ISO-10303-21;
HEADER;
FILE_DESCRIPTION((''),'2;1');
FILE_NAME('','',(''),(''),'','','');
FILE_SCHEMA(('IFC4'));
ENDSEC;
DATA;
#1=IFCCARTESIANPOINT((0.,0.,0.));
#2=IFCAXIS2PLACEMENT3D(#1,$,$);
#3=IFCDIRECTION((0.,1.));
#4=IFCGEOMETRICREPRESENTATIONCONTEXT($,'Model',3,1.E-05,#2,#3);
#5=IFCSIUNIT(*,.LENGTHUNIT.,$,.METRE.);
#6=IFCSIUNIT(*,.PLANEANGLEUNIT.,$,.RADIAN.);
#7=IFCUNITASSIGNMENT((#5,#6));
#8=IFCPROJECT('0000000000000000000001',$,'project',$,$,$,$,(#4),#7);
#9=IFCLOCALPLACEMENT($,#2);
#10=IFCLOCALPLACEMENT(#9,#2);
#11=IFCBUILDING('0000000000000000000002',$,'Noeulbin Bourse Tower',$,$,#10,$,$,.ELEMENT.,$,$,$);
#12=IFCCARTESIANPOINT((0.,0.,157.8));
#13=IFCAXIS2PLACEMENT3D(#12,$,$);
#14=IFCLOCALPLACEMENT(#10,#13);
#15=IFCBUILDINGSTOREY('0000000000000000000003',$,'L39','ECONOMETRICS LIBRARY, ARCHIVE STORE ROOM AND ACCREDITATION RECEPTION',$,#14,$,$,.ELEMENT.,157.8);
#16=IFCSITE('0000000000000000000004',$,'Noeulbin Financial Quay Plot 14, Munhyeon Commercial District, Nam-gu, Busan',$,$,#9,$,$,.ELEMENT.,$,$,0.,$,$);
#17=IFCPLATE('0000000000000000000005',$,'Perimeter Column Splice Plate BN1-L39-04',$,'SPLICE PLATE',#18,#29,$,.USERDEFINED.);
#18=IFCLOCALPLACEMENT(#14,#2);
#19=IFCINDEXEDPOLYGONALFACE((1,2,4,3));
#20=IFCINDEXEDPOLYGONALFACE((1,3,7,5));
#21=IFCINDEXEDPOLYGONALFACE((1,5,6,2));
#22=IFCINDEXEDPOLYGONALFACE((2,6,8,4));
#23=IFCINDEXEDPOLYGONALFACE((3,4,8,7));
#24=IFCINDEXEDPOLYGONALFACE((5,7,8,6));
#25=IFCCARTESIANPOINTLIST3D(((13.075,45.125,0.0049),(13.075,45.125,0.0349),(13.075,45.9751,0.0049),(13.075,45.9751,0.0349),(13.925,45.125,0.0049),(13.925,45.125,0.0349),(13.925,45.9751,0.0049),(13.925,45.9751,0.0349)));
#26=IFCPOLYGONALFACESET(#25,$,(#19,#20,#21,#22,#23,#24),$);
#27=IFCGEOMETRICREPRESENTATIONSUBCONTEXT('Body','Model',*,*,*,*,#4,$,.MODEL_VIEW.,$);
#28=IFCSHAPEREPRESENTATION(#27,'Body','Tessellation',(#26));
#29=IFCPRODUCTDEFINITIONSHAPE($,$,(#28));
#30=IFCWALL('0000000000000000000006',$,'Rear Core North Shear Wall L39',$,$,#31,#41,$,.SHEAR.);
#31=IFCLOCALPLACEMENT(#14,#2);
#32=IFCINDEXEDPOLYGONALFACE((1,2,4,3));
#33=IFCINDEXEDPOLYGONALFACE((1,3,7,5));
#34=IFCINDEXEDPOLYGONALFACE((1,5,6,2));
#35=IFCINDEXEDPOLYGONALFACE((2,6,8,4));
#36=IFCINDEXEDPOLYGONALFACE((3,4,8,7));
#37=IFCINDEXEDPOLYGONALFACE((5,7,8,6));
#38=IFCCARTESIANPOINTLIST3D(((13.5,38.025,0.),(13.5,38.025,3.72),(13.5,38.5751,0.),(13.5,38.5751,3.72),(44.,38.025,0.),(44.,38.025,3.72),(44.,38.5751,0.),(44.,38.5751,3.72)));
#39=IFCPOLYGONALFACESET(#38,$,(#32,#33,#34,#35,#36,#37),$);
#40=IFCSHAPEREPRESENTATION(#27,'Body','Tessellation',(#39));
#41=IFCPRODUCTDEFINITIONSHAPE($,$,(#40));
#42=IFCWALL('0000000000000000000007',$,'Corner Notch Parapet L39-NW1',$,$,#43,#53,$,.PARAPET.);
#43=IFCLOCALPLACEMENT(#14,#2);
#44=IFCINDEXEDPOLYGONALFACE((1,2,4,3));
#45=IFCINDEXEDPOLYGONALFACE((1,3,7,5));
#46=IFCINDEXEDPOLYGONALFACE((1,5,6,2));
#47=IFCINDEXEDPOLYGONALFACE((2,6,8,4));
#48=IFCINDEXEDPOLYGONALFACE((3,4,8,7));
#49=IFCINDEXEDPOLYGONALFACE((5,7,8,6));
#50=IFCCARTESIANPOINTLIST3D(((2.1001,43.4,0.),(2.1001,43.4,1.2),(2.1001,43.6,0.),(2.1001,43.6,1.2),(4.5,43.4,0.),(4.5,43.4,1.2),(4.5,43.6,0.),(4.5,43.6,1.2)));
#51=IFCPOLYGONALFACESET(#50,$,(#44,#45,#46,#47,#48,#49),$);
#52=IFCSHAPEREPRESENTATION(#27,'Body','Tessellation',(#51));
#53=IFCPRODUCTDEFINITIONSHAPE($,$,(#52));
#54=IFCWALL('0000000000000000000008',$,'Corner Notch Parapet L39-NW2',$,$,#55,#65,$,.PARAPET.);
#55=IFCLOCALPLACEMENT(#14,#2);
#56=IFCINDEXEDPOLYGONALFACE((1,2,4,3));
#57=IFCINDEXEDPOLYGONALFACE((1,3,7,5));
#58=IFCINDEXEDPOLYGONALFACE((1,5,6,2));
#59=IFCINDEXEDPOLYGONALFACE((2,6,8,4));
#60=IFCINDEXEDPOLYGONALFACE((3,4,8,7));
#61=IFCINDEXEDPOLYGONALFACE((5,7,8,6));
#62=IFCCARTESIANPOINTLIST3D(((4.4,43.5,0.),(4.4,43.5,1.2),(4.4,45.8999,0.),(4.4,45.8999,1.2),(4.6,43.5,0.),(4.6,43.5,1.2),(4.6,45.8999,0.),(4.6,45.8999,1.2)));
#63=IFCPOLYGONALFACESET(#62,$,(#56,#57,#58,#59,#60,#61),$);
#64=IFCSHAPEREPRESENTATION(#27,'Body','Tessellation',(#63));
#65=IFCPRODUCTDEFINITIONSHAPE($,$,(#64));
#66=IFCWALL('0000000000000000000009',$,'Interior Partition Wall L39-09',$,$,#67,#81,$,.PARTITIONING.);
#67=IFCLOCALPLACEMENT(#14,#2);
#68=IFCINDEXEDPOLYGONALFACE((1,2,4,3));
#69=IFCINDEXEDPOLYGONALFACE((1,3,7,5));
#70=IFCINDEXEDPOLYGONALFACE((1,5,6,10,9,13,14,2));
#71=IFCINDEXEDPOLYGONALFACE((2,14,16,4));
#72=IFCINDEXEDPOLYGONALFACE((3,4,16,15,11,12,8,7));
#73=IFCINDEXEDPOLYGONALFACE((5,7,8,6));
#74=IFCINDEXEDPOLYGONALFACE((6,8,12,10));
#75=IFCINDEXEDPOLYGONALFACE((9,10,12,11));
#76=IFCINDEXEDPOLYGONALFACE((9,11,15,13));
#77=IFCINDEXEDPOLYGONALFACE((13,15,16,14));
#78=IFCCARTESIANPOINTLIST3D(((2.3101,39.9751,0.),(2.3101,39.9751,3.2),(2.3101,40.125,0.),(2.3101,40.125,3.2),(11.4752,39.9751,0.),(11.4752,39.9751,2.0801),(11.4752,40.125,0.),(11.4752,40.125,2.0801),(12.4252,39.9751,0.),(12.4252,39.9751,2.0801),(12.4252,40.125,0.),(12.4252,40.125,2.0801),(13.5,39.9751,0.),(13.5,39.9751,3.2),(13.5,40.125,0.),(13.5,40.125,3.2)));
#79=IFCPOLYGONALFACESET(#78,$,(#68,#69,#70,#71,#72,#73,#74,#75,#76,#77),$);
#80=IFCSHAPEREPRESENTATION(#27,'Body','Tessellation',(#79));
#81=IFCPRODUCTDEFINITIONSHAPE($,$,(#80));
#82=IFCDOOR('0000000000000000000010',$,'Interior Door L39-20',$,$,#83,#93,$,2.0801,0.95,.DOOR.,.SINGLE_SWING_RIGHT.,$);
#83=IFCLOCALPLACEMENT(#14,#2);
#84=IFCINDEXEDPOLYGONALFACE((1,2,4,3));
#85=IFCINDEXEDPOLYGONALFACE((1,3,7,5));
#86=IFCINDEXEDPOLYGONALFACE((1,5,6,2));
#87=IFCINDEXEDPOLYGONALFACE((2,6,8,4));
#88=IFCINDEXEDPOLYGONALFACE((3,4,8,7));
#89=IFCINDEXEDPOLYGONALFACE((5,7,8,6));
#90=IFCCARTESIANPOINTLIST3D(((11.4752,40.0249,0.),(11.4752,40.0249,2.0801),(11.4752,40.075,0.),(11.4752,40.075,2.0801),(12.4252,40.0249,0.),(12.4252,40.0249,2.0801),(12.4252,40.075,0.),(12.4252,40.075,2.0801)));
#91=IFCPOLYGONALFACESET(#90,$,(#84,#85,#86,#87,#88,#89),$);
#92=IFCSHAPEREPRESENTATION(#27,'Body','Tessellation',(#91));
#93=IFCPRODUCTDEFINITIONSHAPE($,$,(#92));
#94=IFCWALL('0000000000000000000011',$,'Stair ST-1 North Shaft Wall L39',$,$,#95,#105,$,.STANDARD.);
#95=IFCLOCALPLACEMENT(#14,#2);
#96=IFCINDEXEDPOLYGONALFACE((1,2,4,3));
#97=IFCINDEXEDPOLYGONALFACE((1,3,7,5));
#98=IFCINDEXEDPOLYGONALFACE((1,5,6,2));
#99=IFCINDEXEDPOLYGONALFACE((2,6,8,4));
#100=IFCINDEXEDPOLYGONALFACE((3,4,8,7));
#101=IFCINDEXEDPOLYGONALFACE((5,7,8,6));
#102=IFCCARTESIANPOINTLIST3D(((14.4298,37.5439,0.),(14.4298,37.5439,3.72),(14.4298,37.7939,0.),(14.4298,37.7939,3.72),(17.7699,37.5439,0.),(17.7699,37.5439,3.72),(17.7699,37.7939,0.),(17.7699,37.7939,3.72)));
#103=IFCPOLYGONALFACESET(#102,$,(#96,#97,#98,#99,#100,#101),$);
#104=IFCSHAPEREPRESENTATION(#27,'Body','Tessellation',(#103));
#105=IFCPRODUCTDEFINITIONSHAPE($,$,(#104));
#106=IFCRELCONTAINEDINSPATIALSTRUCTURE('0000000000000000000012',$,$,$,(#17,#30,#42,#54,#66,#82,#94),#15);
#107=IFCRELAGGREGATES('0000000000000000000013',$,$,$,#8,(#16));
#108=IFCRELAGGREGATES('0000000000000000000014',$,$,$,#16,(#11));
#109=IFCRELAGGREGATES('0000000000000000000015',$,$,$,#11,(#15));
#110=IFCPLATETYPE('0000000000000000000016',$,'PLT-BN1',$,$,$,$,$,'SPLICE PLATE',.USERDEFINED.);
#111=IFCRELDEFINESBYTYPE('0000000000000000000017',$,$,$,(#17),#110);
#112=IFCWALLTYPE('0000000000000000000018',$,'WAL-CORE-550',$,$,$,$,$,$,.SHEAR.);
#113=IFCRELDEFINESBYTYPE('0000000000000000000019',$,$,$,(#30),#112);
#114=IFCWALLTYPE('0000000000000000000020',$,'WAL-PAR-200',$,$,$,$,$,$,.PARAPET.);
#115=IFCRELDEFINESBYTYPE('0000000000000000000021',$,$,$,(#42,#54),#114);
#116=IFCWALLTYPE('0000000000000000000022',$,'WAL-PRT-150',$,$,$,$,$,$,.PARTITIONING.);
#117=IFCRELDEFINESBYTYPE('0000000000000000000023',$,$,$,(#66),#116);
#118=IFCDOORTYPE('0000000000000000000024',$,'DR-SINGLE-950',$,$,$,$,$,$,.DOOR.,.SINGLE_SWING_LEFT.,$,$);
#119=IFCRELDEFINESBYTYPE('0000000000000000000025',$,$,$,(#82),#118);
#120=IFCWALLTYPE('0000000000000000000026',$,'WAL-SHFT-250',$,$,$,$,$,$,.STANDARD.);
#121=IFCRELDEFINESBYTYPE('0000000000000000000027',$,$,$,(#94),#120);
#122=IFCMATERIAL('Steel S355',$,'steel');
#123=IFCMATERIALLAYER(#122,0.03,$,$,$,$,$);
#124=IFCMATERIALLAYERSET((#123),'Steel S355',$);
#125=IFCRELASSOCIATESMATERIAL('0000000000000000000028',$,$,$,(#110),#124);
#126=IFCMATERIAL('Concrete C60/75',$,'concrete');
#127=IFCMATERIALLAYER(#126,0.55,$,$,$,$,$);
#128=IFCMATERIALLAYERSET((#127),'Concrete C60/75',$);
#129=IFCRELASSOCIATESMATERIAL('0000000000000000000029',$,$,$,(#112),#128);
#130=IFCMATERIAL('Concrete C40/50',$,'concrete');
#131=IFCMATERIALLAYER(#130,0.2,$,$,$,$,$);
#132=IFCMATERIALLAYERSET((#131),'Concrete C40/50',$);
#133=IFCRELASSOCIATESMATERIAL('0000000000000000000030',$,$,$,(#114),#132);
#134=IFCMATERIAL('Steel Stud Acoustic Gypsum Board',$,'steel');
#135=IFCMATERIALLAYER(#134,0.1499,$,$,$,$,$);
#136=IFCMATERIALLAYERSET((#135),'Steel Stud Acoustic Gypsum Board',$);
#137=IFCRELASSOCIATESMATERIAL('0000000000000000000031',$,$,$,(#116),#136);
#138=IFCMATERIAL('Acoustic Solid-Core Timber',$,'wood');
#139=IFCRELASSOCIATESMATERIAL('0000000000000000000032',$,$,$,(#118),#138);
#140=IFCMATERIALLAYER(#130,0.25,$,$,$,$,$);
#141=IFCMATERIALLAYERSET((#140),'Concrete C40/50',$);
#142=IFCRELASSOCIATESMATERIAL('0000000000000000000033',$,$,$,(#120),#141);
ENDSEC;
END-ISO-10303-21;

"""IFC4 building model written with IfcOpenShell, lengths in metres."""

from ifc_helpers import new_model, si_unit, direction, frame, frame_2d, origin, origin_2d, place, context, subcontext, project, spatial, rectangle, extrude, material, layer, layer_set, type_object, element, fill, save


model = new_model("IFC4")

# Units and contexts
model_context = context("Model", 3, precision=1e-05, world=origin(), true_north=direction((0.0, 1.0)))
body_context = subcontext(model_context, "Body", "Model", "MODEL_VIEW")
ifc_project = project(units=[si_unit("LENGTHUNIT", "METRE"), si_unit("PLANEANGLEUNIT", "RADIAN")], contexts=[model_context])

# Site, building, storey
site_placement = place(None, origin())
site = spatial("IfcSite", under=ifc_project, at=site_placement, Name="Noeulbin Financial Quay Plot 14, Munhyeon Commercial District, Nam-gu, Busan", CompositionType="ELEMENT", RefElevation=0.0)
building_placement = place(site_placement, origin())
building = spatial("IfcBuilding", under=site, at=building_placement, Name="Noeulbin Bourse Tower", CompositionType="ELEMENT")
storey_placement = place(building_placement, frame((0.0, 0.0, 157.8)))
storey = spatial("IfcBuildingStorey", under=building, at=storey_placement, Name="L39", Description="ECONOMETRICS LIBRARY, ARCHIVE STORE ROOM AND ACCREDITATION RECEPTION", CompositionType="ELEMENT", Elevation=157.8)

# Shared definitions
ifc_material_1 = material(Name="Steel S355", Category="steel")

# Plate
ifc_layer_1 = layer(ifc_material_1, 0.03)
ifc_layer_set_1 = layer_set([ifc_layer_1], Name="Steel S355")
plate_type_1 = type_object("IfcPlateType", Name="PLT-BN1", ElementType="SPLICE PLATE", PredefinedType="USERDEFINED", material=ifc_layer_set_1)
for number, where, z_axis, x_axis, name in (
    (1, (13.5, 45.55, 0.0049), (0.0, 0.0, 1.0), (1.0, 0.0, 0.0), "Perimeter Column Splice Plate BN1-L39-04"),
):
    element("IfcPlate", number, at=place(storey_placement, frame(where, z_axis=z_axis, x_axis=x_axis)), inside=storey, type_object=plate_type_1, Name=name, ObjectType="SPLICE PLATE", PredefinedType="USERDEFINED", context=body_context, shape_type="SweptSolid", body=[
        extrude(rectangle(XDim=0.8501, YDim=0.8501, at=origin_2d()), origin(), (0.0, 0.0, 1.0), 0.03),
    ])

# Walls
ifc_material_2 = material(Name="Concrete C60/75", Category="concrete")
ifc_layer_2 = layer(ifc_material_2, 0.55)
ifc_layer_set_2 = layer_set([ifc_layer_2], Name="Concrete C60/75")
wall_type_1 = type_object("IfcWallType", Name="WAL-CORE-550", PredefinedType="SHEAR", material=ifc_layer_set_2)
wall_1_placement = place(storey_placement, frame((13.5, 38.3, 0.0), z_axis=(0.0, 0.0, 1.0), x_axis=(1.0, 0.0, 0.0)))
element("IfcWall", 2, at=wall_1_placement, inside=storey, type_object=wall_type_1, Name="Rear Core North Shear Wall L39", PredefinedType="SHEAR", context=body_context, shape_type="SweptSolid", body=[
    extrude(rectangle(XDim=30.5, YDim=0.55, at=frame_2d((15.25, 0.0))), origin(), (0.0, 0.0, 1.0), 3.72),
])
ifc_material_3 = material(Name="Concrete C40/50", Category="concrete")
ifc_layer_3 = layer(ifc_material_3, 0.2)
ifc_layer_set_3 = layer_set([ifc_layer_3], Name="Concrete C40/50")
wall_type_2 = type_object("IfcWallType", Name="WAL-PAR-200", PredefinedType="PARAPET", material=ifc_layer_set_3)
for number, where, z_axis, x_axis, name in (
    (3, (2.1001, 43.5, 0.0), (0.0, 0.0, 1.0), (1.0, 0.0, 0.0), "Corner Notch Parapet L39-NW1"),
    (4, (4.5, 43.5, 0.0), (0.0, 0.0, 1.0), (0.0, 1.0, 0.0), "Corner Notch Parapet L39-NW2"),
):
    element("IfcWall", number, at=place(storey_placement, frame(where, z_axis=z_axis, x_axis=x_axis)), inside=storey, type_object=wall_type_2, Name=name, PredefinedType="PARAPET", context=body_context, shape_type="SweptSolid", body=[
        extrude(rectangle(XDim=2.3999, YDim=0.2, at=frame_2d((1.2, 0.0))), origin(), (0.0, 0.0, 1.0), 1.2),
    ])

# Wall, opening, door
ifc_material_4 = material(Name="Steel Stud Acoustic Gypsum Board", Category="steel")
ifc_layer_4 = layer(ifc_material_4, 0.1499)
ifc_layer_set_4 = layer_set([ifc_layer_4], Name="Steel Stud Acoustic Gypsum Board")
wall_type_3 = type_object("IfcWallType", Name="WAL-PRT-150", PredefinedType="PARTITIONING", material=ifc_layer_set_4)
wall_2_placement = place(storey_placement, frame((2.3101, 40.05, 0.0), z_axis=(0.0, 0.0, 1.0), x_axis=(1.0, 0.0, 0.0)))
wall_2 = element("IfcWall", 5, at=wall_2_placement, inside=storey, type_object=wall_type_3, Name="Interior Partition Wall L39-09", PredefinedType="PARTITIONING", context=body_context, shape_type="SweptSolid", body=[
    extrude(rectangle(XDim=11.1899, YDim=0.1499, at=frame_2d((5.595, 0.0))), origin(), (0.0, 0.0, 1.0), 3.2),
])
opening_placement = place(wall_2_placement, frame((9.165, 0.0, 0.0)))
opening = element("IfcOpeningElement", 6, at=opening_placement, cuts=wall_2, PredefinedType="OPENING", context=body_context, shape_type="SweptSolid", body=[
    extrude(rectangle(XDim=0.95, YDim=2.0801, at=frame_2d((0.4751, 1.04))), frame((0.0, 0.085, 0.0), z_axis=(0.0, -1.0, 0.0), x_axis=(1.0, 0.0, 0.0)), (0.0, 0.0, 1.0), 0.1699),
])
ifc_material_5 = material(Name="Acoustic Solid-Core Timber", Category="wood")
door_type = type_object("IfcDoorType", Name="DR-SINGLE-950", OperationType="SINGLE_SWING_LEFT", PredefinedType="DOOR", material=ifc_material_5)
door_placement = place(opening_placement, origin())
door = element("IfcDoor", 7, at=door_placement, inside=storey, type_object=door_type, Name="Interior Door L39-20", OperationType="SINGLE_SWING_RIGHT", OverallHeight=2.0801, OverallWidth=0.95, PredefinedType="DOOR", context=body_context, shape_type="SweptSolid", body=[
    extrude(rectangle(XDim=0.95, YDim=2.0801, at=frame_2d((0.4751, 1.04))), frame((0.0, 0.0249, 0.0), z_axis=(0.0, -1.0, 0.0), x_axis=(1.0, 0.0, 0.0)), (0.0, 0.0, 1.0), 0.05),
])
fill(opening, door)

# Wall
ifc_layer_5 = layer(ifc_material_3, 0.25)
ifc_layer_set_5 = layer_set([ifc_layer_5], Name="Concrete C40/50")
wall_type_4 = type_object("IfcWallType", Name="WAL-SHFT-250", PredefinedType="STANDARD", material=ifc_layer_set_5)
wall_3_placement = place(storey_placement, frame((14.4299, 37.6689, 0.0), z_axis=(0.0, 0.0, 1.0), x_axis=(1.0, 0.0, 0.0)))
element("IfcWall", 8, at=wall_3_placement, inside=storey, type_object=wall_type_4, Name="Stair ST-1 North Shaft Wall L39", PredefinedType="STANDARD", context=body_context, shape_type="SweptSolid", body=[
    extrude(rectangle(XDim=3.3401, YDim=0.25, at=frame_2d((1.6699, 0.0))), origin(), (0.0, 0.0, 1.0), 3.72),
])

save(model, "model.ifc")
